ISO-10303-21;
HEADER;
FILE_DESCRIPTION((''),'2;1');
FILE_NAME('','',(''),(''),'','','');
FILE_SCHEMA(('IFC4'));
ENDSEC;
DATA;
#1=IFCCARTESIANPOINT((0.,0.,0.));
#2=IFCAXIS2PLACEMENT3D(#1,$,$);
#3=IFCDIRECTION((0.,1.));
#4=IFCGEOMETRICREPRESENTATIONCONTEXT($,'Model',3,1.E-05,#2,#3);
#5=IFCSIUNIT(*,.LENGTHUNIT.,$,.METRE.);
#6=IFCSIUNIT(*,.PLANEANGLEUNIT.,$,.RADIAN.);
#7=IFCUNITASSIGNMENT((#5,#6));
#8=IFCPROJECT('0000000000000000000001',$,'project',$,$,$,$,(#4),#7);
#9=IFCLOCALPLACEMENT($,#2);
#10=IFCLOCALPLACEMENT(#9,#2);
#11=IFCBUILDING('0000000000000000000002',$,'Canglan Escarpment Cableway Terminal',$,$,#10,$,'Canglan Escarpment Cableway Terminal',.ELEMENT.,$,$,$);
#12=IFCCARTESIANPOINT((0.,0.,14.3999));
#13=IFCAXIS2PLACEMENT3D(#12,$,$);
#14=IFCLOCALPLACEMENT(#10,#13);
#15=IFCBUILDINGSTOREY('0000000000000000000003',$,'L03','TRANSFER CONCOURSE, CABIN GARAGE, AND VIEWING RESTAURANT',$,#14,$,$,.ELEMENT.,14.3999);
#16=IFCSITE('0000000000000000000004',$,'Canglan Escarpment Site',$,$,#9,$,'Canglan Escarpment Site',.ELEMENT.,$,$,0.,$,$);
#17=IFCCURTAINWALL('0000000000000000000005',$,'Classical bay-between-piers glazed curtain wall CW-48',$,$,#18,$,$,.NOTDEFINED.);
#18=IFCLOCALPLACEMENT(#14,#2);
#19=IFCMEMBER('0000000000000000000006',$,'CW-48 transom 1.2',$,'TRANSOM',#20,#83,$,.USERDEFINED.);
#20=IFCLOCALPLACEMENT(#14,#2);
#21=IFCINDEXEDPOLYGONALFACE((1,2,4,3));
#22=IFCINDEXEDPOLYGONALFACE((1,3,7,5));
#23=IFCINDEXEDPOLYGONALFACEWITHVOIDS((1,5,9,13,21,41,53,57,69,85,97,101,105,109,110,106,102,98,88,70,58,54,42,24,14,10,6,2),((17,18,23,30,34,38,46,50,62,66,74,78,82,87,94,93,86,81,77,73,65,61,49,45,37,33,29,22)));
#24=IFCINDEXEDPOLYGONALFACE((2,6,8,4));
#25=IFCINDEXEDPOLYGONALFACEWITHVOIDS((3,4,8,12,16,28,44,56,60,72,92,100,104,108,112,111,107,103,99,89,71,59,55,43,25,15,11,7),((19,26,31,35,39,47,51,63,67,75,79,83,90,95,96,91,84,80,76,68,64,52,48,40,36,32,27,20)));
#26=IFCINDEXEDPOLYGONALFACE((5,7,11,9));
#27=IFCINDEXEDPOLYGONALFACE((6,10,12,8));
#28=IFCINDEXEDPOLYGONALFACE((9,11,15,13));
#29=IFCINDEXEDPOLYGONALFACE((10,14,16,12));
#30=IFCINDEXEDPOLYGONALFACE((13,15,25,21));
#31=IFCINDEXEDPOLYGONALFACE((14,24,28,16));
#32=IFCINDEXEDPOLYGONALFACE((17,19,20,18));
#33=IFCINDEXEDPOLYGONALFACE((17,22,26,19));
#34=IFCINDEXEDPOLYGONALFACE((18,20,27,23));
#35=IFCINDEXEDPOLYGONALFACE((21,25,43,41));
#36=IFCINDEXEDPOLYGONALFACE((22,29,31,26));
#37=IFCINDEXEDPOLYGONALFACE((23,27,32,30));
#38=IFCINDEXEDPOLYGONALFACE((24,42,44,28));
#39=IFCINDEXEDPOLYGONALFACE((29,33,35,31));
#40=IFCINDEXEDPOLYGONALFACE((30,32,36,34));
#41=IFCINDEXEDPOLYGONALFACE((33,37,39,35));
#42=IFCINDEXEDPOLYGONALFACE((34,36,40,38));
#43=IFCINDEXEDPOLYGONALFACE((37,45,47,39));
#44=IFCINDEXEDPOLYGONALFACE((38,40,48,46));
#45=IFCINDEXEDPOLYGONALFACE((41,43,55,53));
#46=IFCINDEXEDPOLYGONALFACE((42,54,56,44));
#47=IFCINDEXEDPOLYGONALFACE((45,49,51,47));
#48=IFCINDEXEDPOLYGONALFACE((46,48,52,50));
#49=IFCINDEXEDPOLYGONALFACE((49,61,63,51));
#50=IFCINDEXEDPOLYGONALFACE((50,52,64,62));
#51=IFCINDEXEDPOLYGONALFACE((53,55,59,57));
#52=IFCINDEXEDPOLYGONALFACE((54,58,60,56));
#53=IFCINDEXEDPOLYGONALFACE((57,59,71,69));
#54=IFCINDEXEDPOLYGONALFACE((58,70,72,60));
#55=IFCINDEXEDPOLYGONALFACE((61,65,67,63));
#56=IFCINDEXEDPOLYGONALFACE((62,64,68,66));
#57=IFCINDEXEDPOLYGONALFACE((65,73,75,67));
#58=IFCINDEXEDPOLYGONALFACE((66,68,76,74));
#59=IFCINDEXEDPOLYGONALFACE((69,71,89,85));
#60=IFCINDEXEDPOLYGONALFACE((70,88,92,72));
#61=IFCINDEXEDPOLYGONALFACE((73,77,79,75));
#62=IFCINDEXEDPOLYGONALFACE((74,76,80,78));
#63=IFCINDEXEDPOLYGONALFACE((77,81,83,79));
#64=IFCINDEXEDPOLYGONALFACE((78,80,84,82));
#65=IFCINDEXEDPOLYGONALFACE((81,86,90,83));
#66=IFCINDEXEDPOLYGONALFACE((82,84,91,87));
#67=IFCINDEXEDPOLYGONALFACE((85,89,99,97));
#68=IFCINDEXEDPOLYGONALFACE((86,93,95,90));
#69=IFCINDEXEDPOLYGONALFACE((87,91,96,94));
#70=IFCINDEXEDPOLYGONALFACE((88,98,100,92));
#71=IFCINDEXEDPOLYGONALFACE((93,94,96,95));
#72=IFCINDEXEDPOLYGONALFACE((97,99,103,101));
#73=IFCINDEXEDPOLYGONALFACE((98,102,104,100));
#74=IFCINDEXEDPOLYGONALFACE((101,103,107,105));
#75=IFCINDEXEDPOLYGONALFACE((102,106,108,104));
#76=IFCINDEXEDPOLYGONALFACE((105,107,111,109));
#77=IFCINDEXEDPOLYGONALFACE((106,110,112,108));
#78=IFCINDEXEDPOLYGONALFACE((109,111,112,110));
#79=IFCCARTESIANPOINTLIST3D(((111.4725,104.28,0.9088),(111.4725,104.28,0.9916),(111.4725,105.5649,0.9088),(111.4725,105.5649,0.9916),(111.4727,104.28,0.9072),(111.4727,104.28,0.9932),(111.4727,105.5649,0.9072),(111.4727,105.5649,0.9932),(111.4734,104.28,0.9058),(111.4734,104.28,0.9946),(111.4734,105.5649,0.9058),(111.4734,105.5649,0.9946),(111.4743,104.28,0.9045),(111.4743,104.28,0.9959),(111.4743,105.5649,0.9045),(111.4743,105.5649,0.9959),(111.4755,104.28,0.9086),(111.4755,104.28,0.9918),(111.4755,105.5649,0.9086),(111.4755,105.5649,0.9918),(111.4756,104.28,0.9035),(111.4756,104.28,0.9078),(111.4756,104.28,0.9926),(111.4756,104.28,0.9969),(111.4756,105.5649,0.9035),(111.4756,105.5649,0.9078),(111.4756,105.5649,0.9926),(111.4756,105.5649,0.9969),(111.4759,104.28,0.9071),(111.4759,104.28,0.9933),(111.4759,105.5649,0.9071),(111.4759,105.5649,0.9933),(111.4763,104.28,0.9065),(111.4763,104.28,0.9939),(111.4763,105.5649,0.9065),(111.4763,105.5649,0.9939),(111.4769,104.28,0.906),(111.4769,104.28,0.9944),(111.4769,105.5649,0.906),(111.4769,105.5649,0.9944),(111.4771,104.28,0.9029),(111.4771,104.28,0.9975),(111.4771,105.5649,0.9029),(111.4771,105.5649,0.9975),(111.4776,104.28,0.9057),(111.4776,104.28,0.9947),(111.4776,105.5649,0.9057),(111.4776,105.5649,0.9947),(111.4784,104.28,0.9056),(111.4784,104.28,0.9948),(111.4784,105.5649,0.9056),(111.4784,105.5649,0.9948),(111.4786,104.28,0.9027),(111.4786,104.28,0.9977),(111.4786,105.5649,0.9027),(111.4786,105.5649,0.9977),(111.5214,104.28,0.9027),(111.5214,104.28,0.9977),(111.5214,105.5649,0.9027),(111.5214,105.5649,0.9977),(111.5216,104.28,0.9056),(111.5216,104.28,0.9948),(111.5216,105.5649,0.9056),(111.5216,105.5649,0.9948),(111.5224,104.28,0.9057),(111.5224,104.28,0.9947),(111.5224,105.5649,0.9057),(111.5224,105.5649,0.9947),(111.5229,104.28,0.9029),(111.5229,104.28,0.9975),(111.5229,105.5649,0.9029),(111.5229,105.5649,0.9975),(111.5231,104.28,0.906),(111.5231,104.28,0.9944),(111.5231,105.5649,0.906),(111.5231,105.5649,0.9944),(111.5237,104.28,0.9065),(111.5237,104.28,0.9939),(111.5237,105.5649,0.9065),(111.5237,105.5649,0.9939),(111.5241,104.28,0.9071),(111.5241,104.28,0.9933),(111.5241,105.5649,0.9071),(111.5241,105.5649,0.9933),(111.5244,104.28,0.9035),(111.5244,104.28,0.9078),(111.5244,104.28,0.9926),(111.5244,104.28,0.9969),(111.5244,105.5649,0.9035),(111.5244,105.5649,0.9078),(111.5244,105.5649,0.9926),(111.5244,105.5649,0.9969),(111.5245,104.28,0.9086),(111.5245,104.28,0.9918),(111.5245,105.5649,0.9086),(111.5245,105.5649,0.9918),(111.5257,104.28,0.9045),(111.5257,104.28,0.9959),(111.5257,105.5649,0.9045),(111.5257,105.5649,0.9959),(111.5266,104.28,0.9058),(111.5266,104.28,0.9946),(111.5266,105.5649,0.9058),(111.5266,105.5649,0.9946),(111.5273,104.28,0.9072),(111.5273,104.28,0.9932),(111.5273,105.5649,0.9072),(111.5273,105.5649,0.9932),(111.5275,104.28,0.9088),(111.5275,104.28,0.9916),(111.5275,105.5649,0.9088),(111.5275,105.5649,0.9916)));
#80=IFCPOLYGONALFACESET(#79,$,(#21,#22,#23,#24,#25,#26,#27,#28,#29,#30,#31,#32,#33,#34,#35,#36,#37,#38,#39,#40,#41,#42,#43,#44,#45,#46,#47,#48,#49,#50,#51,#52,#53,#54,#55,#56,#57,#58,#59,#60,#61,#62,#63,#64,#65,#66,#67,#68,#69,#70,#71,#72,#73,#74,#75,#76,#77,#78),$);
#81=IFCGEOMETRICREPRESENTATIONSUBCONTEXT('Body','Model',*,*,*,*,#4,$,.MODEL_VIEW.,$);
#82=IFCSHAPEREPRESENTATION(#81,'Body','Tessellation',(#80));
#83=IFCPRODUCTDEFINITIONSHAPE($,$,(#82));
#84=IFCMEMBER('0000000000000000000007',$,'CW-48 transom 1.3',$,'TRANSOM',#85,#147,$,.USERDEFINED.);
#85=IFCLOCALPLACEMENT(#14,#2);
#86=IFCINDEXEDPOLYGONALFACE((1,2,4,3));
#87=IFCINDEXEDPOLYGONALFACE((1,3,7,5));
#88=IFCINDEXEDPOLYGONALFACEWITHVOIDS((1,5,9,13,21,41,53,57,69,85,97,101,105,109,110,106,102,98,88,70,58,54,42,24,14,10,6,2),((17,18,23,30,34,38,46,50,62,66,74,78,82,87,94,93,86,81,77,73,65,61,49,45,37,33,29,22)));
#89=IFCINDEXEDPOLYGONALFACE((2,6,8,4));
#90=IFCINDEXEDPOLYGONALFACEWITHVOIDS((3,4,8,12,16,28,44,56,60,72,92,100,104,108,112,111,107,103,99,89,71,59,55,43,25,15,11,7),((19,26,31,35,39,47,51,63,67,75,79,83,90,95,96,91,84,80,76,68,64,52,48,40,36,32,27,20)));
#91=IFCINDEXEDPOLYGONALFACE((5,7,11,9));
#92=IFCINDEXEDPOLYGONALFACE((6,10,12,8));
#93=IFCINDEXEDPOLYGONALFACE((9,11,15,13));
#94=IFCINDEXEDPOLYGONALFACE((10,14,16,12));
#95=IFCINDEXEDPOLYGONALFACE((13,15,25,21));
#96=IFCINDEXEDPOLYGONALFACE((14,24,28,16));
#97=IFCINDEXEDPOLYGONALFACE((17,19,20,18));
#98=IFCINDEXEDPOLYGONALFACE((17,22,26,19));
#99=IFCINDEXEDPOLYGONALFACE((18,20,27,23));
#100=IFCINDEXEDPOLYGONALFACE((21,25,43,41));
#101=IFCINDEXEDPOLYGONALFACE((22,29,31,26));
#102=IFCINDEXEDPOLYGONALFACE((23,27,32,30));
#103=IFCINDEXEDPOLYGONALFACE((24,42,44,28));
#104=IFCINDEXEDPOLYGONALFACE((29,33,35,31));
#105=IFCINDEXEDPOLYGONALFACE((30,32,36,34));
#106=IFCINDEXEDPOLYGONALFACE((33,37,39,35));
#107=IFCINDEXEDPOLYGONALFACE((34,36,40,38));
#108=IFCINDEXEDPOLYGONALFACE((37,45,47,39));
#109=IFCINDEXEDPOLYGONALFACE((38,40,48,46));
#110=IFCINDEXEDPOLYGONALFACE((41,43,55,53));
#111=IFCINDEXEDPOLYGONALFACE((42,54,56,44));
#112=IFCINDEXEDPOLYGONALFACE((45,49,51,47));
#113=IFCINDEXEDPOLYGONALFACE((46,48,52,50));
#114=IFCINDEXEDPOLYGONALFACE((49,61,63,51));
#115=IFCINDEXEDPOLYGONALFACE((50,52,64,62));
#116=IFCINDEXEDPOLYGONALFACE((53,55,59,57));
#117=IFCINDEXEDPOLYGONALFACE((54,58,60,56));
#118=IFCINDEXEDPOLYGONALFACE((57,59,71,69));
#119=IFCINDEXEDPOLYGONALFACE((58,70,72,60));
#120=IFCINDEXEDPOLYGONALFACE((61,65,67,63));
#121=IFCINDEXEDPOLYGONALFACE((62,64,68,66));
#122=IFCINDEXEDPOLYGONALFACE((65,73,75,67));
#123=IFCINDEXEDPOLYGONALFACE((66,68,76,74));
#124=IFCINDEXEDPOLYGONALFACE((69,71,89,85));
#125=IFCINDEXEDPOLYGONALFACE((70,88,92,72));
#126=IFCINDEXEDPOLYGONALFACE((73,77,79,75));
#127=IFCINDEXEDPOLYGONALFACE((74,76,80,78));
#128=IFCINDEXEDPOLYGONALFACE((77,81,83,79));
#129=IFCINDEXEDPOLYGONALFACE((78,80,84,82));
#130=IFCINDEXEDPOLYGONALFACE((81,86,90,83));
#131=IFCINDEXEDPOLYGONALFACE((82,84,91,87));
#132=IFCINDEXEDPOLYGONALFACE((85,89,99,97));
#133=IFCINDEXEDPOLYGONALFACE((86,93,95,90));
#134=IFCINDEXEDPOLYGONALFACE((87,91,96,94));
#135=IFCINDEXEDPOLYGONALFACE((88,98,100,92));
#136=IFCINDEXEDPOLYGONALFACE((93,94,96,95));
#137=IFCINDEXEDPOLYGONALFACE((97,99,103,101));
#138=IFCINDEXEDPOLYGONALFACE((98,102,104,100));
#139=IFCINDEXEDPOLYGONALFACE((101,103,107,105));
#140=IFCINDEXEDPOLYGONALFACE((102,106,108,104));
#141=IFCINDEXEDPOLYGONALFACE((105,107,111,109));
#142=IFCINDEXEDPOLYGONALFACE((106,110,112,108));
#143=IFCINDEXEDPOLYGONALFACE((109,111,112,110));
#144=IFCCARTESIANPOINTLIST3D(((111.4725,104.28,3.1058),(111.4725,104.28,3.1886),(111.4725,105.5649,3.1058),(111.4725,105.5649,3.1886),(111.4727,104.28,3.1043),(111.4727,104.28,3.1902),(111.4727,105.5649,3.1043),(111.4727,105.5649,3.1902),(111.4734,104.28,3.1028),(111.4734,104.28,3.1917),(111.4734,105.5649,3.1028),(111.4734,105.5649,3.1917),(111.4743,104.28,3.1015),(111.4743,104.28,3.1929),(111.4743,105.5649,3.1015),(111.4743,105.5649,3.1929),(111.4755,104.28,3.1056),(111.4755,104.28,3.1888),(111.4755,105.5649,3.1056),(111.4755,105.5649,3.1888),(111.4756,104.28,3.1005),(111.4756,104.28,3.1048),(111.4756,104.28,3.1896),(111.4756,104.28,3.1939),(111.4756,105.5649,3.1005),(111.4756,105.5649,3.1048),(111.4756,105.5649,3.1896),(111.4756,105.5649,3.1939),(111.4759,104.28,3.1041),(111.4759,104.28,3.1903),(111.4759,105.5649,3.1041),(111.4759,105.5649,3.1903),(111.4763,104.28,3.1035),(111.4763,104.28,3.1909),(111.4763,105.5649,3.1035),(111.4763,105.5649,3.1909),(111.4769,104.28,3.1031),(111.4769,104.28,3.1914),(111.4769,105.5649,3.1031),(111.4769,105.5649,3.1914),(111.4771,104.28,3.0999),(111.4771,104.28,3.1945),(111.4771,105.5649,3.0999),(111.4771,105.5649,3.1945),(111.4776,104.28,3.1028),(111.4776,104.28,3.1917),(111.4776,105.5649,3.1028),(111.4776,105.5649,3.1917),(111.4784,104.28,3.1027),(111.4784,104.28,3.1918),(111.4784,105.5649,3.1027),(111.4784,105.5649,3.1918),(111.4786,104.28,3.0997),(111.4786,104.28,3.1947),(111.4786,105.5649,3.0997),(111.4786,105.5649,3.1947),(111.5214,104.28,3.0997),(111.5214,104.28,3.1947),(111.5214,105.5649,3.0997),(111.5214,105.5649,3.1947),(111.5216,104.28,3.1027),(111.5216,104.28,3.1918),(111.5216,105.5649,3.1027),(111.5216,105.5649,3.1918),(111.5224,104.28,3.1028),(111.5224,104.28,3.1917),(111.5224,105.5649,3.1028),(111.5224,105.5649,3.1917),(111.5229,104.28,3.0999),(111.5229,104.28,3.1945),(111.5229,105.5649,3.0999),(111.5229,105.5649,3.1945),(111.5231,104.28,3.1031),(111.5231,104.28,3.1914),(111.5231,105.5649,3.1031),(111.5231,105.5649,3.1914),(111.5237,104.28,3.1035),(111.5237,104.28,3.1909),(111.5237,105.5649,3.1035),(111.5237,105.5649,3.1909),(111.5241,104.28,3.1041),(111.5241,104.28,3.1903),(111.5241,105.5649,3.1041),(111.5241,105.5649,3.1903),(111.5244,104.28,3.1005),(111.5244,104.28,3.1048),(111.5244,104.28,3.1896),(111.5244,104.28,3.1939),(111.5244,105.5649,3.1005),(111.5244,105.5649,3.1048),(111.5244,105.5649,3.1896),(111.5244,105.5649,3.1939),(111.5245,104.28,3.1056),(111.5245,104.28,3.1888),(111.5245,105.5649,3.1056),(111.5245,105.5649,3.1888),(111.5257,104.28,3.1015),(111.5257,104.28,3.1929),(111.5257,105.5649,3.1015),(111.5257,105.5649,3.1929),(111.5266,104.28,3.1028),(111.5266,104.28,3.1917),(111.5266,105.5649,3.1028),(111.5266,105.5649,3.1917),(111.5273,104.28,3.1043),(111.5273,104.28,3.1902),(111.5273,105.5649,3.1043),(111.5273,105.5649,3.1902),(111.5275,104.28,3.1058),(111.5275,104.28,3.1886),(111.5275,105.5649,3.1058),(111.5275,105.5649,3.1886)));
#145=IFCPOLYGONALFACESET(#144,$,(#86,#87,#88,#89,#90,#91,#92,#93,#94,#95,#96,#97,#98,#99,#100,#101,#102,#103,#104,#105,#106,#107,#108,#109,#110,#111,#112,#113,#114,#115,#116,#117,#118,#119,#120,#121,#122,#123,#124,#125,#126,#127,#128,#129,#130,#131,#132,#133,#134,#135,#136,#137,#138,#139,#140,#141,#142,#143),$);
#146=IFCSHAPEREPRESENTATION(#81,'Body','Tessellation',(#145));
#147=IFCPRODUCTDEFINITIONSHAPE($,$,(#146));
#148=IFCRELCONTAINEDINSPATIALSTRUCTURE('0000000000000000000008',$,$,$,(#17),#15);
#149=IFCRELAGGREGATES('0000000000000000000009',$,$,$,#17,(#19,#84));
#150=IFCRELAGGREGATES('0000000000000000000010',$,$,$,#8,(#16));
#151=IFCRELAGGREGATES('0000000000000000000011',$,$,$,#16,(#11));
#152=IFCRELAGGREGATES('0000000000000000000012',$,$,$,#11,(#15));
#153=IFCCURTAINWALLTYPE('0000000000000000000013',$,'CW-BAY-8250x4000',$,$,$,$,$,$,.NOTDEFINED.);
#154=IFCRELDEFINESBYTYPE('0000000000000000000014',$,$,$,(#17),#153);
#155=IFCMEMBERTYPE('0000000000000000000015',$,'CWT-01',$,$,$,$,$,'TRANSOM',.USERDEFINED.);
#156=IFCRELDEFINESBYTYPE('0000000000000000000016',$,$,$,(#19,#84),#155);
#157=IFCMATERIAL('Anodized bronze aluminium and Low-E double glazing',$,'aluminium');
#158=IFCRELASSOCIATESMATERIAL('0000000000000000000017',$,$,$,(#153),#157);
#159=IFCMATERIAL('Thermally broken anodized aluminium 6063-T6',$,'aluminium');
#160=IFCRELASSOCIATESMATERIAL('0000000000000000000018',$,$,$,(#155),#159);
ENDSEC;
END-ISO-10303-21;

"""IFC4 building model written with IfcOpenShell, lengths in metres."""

from ifc_helpers import new_model, si_unit, direction, frame, origin, origin_2d, place, context, subcontext, project, spatial, hollow_rectangle, extrude, material, material_profile, profile_set, type_object, element, aggregate, save


model = new_model("IFC4")

# Units and contexts
model_context = context("Model", 3, precision=1e-05, world=origin(), true_north=direction((0.0, 1.0)))
body_context = subcontext(model_context, "Body", "Model", "MODEL_VIEW")
ifc_project = project(units=[si_unit("LENGTHUNIT", "METRE"), si_unit("PLANEANGLEUNIT", "RADIAN")], contexts=[model_context])

# Site, building, storey
site_placement = place(None, origin())
site = spatial("IfcSite", under=ifc_project, at=site_placement, Name="Canglan Escarpment Site", LongName="Canglan Escarpment Site", CompositionType="ELEMENT", RefElevation=0.0)
building_placement = place(site_placement, origin())
building = spatial("IfcBuilding", under=site, at=building_placement, Name="Canglan Escarpment Cableway Terminal", LongName="Canglan Escarpment Cableway Terminal", CompositionType="ELEMENT")
storey_placement = place(building_placement, frame((0.0, 0.0, 14.3999)))
storey = spatial("IfcBuildingStorey", under=building, at=storey_placement, Name="L03", Description="TRANSFER CONCOURSE, CABIN GARAGE, AND VIEWING RESTAURANT", CompositionType="ELEMENT", Elevation=14.3999)

# Curtain wall
ifc_material_1 = material(Name="Anodized bronze aluminium and Low-E double glazing", Category="aluminium")
curtain_wall_type = type_object("IfcCurtainWallType", Name="CW-BAY-8250x4000", PredefinedType="NOTDEFINED", material=ifc_material_1)
curtain_wall_1_placement = place(storey_placement, origin())
curtain_wall_1 = element("IfcCurtainWall", 1, at=curtain_wall_1_placement, inside=storey, type_object=curtain_wall_type, Name="Classical bay-between-piers glazed curtain wall CW-48", PredefinedType="NOTDEFINED")
ifc_material_2 = material(Name="Thermally broken anodized aluminium 6063-T6", Category="aluminium")

# Members
ifc_material_profile_1 = material_profile(ifc_material_2, hollow_rectangle(XDim=0.0549, YDim=0.095, WallThickness=0.0029, InnerFilletRadius=0.0029, OuterFilletRadius=0.0061, at=origin_2d()), Name="ALU-TRAN 55x95x3")
ifc_profile_set_1 = profile_set([ifc_material_profile_1], Name="Thermally broken anodized aluminium 6063-T6")
member_type_1 = type_object("IfcMemberType", Name="CWT-01", ElementType="TRANSOM", PredefinedType="USERDEFINED", material=ifc_profile_set_1)
member_1_placement = place(storey_placement, frame((111.5, 105.5649, 0.9502), z_axis=(0.0, -1.0, 0.0), x_axis=(1.0, 0.0, 0.0)))
member_1 = element("IfcMember", 2, at=member_1_placement, type_object=member_type_1, Name="CW-48 transom 1.2", ObjectType="TRANSOM", PredefinedType="USERDEFINED", context=body_context, shape_type="SweptSolid", body=[
    extrude(hollow_rectangle(XDim=0.0549, YDim=0.095, WallThickness=0.0029, InnerFilletRadius=0.0029, OuterFilletRadius=0.0061, at=origin_2d()), origin(), (0.0, 0.0, 1.0), 1.2849),
])
member_2_placement = place(storey_placement, frame((111.5, 105.5649, 3.1472), z_axis=(0.0, -1.0, 0.0), x_axis=(1.0, 0.0, 0.0)))
member_2 = element("IfcMember", 3, at=member_2_placement, type_object=member_type_1, Name="CW-48 transom 1.3", ObjectType="TRANSOM", PredefinedType="USERDEFINED", context=body_context, shape_type="SweptSolid", body=[
    extrude(hollow_rectangle(XDim=0.0549, YDim=0.095, WallThickness=0.0029, InnerFilletRadius=0.0029, OuterFilletRadius=0.0061, at=origin_2d()), origin(), (0.0, 0.0, 1.0), 1.2849),
])

aggregate(curtain_wall_1, [member_1, member_2])

save(model, "model.ifc")
